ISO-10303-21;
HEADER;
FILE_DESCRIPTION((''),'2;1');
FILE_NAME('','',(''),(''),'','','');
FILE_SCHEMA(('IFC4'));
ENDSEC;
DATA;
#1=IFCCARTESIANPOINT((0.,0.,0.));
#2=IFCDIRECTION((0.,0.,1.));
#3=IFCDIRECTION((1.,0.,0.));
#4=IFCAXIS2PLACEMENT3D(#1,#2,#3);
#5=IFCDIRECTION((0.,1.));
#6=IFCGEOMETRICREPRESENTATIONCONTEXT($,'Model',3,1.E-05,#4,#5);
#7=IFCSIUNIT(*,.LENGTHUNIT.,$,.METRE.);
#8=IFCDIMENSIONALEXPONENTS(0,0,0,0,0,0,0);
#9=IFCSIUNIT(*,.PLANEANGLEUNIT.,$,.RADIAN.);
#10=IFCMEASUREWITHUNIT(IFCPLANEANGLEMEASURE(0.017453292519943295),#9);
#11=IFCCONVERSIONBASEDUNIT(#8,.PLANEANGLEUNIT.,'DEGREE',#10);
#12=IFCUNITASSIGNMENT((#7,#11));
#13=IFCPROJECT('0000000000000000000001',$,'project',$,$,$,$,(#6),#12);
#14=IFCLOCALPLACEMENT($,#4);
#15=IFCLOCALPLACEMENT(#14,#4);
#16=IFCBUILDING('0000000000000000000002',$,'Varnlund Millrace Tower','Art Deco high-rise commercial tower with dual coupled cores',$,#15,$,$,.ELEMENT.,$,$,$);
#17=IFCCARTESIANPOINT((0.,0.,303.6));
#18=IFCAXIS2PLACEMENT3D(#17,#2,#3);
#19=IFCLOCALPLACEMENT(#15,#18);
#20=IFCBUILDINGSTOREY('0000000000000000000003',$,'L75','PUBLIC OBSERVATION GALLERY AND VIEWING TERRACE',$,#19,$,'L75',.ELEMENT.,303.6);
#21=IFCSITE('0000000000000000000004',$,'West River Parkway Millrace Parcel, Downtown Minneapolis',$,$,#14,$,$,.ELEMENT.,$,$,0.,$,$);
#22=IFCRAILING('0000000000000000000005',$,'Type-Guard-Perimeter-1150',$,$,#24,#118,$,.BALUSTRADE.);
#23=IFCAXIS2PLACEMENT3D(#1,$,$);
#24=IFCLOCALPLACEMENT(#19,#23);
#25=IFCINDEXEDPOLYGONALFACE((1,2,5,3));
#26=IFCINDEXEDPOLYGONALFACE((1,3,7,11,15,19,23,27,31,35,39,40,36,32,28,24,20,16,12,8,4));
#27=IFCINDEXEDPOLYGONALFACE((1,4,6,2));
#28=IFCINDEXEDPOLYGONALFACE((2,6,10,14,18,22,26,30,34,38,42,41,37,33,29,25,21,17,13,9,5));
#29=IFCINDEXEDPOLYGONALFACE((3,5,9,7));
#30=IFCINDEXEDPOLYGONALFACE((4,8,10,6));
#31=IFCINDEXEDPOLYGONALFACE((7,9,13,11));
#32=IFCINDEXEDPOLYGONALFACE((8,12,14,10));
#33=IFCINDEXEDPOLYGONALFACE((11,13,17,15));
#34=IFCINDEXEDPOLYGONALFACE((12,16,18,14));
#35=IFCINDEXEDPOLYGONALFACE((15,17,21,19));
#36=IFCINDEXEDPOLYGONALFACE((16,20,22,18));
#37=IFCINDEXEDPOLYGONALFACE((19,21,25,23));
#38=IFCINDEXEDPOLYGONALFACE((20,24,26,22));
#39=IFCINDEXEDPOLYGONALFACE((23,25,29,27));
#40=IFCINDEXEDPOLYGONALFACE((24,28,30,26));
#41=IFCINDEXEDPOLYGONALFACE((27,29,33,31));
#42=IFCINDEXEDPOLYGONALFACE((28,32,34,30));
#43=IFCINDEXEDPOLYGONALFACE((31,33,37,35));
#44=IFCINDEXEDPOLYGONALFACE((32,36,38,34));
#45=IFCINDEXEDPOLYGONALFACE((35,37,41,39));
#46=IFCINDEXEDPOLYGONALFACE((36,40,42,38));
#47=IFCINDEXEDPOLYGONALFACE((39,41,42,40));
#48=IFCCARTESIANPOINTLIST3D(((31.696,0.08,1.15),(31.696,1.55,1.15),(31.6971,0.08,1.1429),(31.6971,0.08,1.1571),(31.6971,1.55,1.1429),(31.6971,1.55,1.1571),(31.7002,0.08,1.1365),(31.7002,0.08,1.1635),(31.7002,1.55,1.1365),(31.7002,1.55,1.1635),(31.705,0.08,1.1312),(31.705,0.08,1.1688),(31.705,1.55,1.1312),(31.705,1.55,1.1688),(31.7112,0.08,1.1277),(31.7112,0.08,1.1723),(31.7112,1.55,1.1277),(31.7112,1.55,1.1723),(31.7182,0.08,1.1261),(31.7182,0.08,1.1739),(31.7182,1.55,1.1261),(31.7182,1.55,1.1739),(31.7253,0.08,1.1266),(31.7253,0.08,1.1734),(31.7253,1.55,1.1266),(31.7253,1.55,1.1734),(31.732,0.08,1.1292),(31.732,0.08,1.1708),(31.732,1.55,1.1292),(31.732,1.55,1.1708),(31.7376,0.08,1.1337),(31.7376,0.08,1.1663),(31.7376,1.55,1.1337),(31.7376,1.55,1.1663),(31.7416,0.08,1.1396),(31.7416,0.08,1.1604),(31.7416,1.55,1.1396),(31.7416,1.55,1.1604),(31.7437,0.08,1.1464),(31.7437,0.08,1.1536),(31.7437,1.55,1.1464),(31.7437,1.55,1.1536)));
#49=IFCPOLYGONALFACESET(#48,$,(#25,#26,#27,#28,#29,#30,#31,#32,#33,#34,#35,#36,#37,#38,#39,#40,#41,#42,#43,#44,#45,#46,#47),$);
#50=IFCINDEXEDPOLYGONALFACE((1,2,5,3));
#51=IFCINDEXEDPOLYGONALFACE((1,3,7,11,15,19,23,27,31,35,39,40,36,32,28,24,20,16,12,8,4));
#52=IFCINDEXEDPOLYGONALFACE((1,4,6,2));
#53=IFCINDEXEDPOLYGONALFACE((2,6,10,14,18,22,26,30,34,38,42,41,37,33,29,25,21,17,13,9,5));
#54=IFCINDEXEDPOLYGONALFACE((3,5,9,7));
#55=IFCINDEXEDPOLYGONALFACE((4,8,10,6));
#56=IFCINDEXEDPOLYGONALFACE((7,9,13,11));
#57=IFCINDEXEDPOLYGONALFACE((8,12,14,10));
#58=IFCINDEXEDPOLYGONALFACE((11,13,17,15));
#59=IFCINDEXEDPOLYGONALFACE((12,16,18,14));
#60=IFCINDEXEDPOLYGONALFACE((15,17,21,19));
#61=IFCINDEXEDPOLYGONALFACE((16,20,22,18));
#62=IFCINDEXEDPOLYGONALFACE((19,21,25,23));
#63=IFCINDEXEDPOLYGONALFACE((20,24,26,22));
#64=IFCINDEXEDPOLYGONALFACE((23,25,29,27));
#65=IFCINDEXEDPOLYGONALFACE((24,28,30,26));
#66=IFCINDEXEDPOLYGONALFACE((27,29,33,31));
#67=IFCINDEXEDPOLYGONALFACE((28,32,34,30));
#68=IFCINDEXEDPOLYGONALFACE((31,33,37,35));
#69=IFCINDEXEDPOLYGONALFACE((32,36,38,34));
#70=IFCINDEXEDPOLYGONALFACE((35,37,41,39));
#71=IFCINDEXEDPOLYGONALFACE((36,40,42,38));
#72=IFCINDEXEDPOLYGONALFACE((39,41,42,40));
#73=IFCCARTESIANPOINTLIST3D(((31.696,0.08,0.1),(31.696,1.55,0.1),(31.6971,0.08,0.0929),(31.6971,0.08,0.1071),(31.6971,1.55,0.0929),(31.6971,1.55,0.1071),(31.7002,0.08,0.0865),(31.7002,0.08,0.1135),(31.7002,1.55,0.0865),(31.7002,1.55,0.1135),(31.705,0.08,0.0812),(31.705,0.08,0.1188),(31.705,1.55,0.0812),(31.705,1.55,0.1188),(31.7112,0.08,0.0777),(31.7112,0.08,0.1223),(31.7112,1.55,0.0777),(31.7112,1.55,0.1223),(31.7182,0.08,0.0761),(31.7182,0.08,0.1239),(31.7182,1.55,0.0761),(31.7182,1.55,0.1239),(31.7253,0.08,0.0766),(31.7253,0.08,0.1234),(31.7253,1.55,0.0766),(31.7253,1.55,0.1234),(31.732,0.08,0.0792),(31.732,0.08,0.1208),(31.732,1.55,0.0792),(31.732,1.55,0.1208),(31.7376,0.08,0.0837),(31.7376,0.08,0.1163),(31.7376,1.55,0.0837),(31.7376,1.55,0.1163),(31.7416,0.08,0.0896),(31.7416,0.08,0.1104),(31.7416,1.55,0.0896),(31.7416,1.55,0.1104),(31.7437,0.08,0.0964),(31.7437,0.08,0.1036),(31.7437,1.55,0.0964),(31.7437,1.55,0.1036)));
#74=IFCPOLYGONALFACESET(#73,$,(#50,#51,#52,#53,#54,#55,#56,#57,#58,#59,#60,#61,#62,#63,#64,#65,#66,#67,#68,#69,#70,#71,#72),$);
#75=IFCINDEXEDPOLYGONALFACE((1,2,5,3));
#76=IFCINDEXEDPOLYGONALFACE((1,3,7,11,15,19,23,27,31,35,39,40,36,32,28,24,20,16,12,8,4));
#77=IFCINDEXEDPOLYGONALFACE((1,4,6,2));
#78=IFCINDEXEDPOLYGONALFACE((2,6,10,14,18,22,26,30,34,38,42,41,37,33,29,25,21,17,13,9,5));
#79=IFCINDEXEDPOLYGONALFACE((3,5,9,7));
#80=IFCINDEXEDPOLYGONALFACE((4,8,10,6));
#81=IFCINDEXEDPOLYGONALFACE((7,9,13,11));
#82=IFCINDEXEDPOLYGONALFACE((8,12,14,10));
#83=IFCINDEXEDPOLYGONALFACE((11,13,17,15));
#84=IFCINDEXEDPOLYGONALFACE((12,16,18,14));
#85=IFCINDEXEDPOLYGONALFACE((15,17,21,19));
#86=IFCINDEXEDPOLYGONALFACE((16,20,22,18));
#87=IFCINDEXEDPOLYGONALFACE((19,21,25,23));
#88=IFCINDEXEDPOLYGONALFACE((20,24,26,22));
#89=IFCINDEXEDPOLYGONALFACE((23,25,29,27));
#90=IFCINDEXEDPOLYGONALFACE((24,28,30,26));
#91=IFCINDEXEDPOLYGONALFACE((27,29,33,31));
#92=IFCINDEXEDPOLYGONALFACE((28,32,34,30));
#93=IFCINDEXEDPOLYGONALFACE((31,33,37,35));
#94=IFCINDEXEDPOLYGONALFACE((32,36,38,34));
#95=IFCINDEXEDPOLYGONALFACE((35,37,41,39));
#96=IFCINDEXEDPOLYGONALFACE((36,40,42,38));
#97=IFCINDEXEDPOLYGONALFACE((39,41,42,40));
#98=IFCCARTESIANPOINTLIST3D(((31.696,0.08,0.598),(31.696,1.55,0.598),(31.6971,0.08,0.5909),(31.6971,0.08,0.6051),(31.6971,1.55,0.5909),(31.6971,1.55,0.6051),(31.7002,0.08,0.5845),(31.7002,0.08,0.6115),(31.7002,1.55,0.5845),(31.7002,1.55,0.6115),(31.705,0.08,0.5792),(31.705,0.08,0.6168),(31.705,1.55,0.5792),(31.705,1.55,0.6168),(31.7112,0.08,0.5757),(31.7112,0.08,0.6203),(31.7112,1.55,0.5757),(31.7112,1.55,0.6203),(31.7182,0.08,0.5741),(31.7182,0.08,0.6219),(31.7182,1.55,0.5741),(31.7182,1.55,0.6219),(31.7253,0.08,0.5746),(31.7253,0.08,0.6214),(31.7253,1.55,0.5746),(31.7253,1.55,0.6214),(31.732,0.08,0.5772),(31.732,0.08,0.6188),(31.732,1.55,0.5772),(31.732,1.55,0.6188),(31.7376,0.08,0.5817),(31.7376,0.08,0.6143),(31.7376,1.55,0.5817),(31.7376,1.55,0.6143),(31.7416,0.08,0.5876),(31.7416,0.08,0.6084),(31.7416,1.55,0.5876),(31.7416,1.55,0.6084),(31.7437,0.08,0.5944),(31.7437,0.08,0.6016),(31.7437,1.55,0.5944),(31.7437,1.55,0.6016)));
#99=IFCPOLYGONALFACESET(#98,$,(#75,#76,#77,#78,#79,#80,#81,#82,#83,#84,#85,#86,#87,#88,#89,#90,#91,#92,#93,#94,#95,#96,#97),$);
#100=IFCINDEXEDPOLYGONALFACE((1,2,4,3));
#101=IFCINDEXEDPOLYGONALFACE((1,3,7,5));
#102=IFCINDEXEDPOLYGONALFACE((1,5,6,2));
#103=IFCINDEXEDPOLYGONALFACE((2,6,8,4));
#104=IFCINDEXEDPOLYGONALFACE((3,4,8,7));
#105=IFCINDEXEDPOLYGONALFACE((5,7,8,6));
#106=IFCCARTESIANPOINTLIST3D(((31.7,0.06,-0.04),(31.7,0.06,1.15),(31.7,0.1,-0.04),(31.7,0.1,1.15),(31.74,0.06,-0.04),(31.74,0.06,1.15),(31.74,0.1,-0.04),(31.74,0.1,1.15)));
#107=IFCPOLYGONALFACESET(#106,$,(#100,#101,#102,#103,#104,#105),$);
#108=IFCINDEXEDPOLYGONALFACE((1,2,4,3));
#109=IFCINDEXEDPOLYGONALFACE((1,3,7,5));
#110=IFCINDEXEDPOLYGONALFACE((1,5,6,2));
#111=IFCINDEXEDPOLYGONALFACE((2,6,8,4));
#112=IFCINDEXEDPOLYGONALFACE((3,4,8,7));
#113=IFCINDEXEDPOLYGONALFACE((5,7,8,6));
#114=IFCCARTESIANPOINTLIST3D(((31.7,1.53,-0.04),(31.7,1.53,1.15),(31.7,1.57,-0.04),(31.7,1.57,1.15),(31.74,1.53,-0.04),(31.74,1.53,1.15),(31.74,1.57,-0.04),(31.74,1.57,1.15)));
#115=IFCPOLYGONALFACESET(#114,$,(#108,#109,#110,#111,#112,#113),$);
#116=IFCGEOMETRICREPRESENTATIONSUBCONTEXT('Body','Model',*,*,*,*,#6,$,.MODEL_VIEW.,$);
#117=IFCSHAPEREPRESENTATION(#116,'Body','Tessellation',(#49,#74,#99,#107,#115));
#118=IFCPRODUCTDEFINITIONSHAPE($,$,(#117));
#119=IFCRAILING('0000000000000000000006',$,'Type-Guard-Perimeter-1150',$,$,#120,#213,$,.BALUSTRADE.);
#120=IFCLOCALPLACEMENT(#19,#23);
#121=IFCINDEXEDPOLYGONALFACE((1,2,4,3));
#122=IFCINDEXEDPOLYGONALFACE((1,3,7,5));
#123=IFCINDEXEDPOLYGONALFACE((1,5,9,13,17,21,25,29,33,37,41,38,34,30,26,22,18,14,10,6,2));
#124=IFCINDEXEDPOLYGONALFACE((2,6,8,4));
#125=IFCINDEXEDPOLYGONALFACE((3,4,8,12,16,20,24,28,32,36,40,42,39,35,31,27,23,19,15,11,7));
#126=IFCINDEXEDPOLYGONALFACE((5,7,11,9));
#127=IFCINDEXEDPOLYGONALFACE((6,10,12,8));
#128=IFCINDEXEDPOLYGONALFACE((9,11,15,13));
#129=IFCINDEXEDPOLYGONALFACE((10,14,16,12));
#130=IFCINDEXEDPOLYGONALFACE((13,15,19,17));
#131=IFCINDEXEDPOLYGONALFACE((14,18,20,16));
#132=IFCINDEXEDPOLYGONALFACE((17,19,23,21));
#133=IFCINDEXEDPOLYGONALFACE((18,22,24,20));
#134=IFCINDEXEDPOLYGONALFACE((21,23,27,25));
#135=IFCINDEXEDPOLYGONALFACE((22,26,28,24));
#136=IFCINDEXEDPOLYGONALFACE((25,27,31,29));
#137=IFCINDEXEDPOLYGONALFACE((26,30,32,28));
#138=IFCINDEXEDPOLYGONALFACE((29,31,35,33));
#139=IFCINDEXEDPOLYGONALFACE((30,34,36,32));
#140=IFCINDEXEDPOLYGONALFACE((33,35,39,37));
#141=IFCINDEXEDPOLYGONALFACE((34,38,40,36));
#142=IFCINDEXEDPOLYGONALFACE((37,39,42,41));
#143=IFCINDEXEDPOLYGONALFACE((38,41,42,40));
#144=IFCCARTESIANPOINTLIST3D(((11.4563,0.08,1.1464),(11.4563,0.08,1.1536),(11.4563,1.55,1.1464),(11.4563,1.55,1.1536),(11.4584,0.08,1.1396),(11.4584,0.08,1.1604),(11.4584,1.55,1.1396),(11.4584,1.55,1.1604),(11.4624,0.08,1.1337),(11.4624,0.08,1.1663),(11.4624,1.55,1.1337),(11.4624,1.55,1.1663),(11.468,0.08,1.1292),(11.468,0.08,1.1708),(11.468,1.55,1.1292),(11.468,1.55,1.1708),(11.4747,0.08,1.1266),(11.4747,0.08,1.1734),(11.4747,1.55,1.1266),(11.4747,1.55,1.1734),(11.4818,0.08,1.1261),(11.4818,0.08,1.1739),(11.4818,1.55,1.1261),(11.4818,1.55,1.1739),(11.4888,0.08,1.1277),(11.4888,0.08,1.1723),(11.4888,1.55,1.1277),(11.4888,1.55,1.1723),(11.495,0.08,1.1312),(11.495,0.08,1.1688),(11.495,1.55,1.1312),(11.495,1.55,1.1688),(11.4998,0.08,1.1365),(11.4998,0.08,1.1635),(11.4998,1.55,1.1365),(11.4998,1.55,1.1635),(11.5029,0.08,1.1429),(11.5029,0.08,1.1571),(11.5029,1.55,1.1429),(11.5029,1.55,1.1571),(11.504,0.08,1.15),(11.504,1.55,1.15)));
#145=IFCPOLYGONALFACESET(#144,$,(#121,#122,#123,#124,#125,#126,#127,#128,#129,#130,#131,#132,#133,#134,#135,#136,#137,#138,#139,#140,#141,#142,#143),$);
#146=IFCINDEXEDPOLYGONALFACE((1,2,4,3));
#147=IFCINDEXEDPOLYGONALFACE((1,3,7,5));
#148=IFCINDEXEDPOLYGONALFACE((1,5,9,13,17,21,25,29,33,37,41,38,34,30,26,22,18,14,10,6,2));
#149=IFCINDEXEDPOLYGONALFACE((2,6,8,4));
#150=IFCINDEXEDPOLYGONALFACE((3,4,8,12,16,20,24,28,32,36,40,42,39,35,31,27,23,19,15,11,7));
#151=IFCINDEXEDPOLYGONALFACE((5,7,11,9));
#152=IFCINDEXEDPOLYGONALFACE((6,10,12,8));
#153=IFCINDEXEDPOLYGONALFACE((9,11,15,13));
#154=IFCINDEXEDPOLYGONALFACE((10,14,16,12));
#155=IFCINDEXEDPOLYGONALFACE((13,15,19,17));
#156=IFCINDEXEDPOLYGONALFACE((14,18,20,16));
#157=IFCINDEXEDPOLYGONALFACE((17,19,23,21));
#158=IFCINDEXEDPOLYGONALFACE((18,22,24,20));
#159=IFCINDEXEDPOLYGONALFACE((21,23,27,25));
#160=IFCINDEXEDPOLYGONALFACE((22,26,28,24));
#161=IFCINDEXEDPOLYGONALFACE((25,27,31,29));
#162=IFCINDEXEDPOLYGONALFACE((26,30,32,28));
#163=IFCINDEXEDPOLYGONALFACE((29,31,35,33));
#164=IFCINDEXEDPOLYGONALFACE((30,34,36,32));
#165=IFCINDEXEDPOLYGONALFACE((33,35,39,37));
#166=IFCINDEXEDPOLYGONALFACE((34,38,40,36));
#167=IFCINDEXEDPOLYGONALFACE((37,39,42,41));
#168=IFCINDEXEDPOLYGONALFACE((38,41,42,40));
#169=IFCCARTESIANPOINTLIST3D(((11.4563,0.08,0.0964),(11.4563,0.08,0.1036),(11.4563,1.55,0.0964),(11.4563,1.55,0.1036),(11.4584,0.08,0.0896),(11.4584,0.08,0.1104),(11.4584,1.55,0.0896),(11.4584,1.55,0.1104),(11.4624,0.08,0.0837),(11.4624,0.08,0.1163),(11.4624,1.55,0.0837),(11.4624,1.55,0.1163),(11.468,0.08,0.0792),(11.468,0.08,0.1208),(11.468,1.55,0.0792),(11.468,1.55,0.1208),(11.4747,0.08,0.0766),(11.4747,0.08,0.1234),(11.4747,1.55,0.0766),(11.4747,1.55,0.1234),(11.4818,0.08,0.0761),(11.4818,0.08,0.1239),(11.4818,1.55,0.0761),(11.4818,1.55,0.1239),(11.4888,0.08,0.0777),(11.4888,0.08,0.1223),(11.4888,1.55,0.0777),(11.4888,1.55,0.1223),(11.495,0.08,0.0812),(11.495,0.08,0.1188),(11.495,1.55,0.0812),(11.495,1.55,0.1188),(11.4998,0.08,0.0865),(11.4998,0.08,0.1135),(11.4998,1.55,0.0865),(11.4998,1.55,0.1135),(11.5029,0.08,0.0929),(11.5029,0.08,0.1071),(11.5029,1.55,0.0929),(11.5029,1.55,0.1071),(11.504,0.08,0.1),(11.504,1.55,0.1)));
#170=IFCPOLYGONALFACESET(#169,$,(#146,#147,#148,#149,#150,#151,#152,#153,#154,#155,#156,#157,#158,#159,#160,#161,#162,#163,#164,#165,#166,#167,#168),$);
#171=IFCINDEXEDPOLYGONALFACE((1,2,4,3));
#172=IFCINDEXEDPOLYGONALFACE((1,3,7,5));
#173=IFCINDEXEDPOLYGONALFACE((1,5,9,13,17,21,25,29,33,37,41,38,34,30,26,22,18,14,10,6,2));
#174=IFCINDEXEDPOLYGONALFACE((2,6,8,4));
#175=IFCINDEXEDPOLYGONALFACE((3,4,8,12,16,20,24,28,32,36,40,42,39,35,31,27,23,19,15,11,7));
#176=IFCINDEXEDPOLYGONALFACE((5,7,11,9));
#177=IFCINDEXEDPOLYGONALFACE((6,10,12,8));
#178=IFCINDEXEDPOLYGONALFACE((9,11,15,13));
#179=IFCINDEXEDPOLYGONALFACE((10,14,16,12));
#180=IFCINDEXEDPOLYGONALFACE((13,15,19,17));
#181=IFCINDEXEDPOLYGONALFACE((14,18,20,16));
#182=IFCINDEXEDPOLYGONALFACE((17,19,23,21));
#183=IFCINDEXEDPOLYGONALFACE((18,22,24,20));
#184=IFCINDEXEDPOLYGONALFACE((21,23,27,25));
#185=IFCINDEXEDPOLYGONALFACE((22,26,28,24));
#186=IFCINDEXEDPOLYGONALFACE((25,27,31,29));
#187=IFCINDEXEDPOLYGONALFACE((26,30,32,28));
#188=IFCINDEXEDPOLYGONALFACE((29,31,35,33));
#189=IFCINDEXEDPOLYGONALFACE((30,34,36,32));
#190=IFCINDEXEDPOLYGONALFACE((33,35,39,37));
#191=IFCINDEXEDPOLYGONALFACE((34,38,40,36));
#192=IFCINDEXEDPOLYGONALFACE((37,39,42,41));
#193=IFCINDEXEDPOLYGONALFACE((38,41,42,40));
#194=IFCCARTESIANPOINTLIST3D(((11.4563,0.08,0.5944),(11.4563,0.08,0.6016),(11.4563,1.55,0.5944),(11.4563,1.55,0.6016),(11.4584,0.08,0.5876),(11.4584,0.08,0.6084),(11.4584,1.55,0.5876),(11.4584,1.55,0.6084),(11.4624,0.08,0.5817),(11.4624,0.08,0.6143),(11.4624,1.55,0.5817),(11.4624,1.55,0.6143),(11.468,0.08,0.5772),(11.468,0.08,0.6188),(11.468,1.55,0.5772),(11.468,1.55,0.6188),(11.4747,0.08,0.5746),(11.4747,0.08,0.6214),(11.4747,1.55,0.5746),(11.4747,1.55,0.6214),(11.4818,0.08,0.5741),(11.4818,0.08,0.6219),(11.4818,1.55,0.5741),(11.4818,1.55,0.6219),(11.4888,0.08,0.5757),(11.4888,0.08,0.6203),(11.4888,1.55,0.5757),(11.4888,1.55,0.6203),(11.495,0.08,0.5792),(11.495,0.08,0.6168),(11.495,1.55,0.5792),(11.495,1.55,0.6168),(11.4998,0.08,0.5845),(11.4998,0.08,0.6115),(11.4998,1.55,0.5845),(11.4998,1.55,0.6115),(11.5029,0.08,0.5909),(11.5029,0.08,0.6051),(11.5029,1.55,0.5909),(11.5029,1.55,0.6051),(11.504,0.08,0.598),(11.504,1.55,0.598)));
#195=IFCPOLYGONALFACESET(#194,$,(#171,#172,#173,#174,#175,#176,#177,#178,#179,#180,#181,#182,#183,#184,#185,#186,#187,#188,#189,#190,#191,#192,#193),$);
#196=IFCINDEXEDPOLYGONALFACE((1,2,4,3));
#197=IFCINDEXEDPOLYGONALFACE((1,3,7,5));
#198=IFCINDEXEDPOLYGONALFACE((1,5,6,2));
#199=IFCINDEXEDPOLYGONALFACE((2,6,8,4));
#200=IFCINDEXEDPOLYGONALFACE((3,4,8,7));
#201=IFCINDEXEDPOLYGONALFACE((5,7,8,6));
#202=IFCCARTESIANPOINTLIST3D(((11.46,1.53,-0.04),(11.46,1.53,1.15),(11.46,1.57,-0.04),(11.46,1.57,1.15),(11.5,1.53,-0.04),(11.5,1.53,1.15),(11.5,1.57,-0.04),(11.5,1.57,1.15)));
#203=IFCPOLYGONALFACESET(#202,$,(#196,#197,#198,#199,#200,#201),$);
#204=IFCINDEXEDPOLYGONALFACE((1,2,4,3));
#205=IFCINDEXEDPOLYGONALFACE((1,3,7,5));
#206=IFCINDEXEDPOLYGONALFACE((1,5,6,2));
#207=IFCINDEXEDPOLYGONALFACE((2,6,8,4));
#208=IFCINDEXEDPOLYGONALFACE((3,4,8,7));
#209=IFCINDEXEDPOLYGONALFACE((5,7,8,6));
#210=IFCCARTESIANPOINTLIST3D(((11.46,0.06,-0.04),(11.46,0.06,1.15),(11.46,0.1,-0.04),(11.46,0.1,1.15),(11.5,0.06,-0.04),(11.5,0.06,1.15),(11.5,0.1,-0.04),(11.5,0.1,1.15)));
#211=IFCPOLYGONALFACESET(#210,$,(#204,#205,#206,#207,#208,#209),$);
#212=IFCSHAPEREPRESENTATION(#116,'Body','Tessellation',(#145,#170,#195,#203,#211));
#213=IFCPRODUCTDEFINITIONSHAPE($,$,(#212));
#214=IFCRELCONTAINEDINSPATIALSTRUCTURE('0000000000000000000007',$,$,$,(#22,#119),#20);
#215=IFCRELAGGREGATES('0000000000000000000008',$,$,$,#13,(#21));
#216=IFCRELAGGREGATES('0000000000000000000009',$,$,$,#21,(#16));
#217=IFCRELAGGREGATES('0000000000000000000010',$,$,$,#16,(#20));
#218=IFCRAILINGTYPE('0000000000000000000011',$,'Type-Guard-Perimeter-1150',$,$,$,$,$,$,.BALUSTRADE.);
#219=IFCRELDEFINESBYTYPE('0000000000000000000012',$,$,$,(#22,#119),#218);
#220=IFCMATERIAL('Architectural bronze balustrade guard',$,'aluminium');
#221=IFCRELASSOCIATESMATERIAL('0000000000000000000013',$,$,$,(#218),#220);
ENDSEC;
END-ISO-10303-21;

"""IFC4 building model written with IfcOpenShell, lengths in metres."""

from ifc_helpers import new_model, entity, si_unit, converted_unit, direction, frame, origin_with_axes, origin_2d_with_axis, place, context, subcontext, project, spatial, rectangle, circle, extrude, material, type_object, element, save


model = new_model("IFC4")

# Units and contexts
model_context = context("Model", 3, precision=1e-05, world=origin_with_axes(), true_north=direction((0.0, 1.0)))
body_context = subcontext(model_context, "Body", "Model", "MODEL_VIEW")
ifc_project = project(units=[si_unit("LENGTHUNIT", "METRE"), converted_unit("PLANEANGLEUNIT", "DEGREE", entity("IfcPlaneAngleMeasure", 0.017453292519943295), si_unit("PLANEANGLEUNIT", "RADIAN"), dimensions=[0, 0, 0, 0, 0, 0, 0])], contexts=[model_context])

# Site, building, storey
site_placement = place(None, origin_with_axes())
site = spatial("IfcSite", under=ifc_project, at=site_placement, Name="West River Parkway Millrace Parcel, Downtown Minneapolis", CompositionType="ELEMENT", RefElevation=0.0)
building_placement = place(site_placement, origin_with_axes())
building = spatial("IfcBuilding", under=site, at=building_placement, Name="Varnlund Millrace Tower", Description="Art Deco high-rise commercial tower with dual coupled cores", CompositionType="ELEMENT")
storey_placement = place(building_placement, frame((0.0, 0.0, 303.6), z_axis=(0.0, 0.0, 1.0), x_axis=(1.0, 0.0, 0.0)))
storey = spatial("IfcBuildingStorey", under=building, at=storey_placement, Name="L75", Description="PUBLIC OBSERVATION GALLERY AND VIEWING TERRACE", LongName="L75", CompositionType="ELEMENT", Elevation=303.6)

# Railings
ifc_material_1 = material(Name="Architectural bronze balustrade guard", Category="aluminium")
railing_type_1 = type_object("IfcRailingType", Name="Type-Guard-Perimeter-1150", PredefinedType="BALUSTRADE", material=ifc_material_1)
railing_1_placement = place(storey_placement, frame((0.0, 0.0, -303.6), z_axis=(0.0, 0.0, 1.0), x_axis=(1.0, 0.0, 0.0)))
element("IfcRailing", 1, at=railing_1_placement, inside=storey, type_object=railing_type_1, Name="Type-Guard-Perimeter-1150", PredefinedType="BALUSTRADE", context=body_context, shape_type="SweptSolid", body=[
    extrude(circle(Radius=0.024, at=origin_2d_with_axis()), frame((31.72, 0.08, 304.75), z_axis=(0.0, 1.0, 0.0), x_axis=(-1.0, 0.0, 0.0)), (0.0, 0.0, 1.0), 1.47),
    extrude(circle(Radius=0.024, at=origin_2d_with_axis()), frame((31.72, 0.08, 303.7), z_axis=(0.0, 1.0, 0.0), x_axis=(-1.0, 0.0, 0.0)), (0.0, 0.0, 1.0), 1.47),
    extrude(circle(Radius=0.024, at=origin_2d_with_axis()), frame((31.72, 0.08, 304.198), z_axis=(0.0, 1.0, 0.0), x_axis=(-1.0, 0.0, 0.0)), (0.0, 0.0, 1.0), 1.47),
    extrude(rectangle(XDim=0.04, YDim=0.04, at=origin_2d_with_axis()), frame((31.72, 0.08, 303.56), z_axis=(0.0, 0.0, 1.0), x_axis=(1.0, 0.0, 0.0)), (0.0, 0.0, 1.0), 1.19),
    extrude(rectangle(XDim=0.04, YDim=0.04, at=origin_2d_with_axis()), frame((31.72, 1.55, 303.56), z_axis=(0.0, 0.0, 1.0), x_axis=(1.0, 0.0, 0.0)), (0.0, 0.0, 1.0), 1.19),
])
railing_2_placement = place(storey_placement, frame((0.0, 0.0, -303.6), z_axis=(0.0, 0.0, 1.0), x_axis=(1.0, 0.0, 0.0)))
element("IfcRailing", 2, at=railing_2_placement, inside=storey, type_object=railing_type_1, Name="Type-Guard-Perimeter-1150", PredefinedType="BALUSTRADE", context=body_context, shape_type="SweptSolid", body=[
    extrude(circle(Radius=0.024, at=origin_2d_with_axis()), frame((11.48, 1.55, 304.75), z_axis=(0.0, -1.0, 0.0), x_axis=(1.0, 0.0, 0.0)), (0.0, 0.0, 1.0), 1.47),
    extrude(circle(Radius=0.024, at=origin_2d_with_axis()), frame((11.48, 1.55, 303.7), z_axis=(0.0, -1.0, 0.0), x_axis=(1.0, 0.0, 0.0)), (0.0, 0.0, 1.0), 1.47),
    extrude(circle(Radius=0.024, at=origin_2d_with_axis()), frame((11.48, 1.55, 304.198), z_axis=(0.0, -1.0, 0.0), x_axis=(1.0, 0.0, 0.0)), (0.0, 0.0, 1.0), 1.47),
    extrude(rectangle(XDim=0.04, YDim=0.04, at=origin_2d_with_axis()), frame((11.48, 1.55, 303.56), z_axis=(0.0, 0.0, 1.0), x_axis=(1.0, 0.0, 0.0)), (0.0, 0.0, 1.0), 1.19),
    extrude(rectangle(XDim=0.04, YDim=0.04, at=origin_2d_with_axis()), frame((11.48, 0.08, 303.56), z_axis=(0.0, 0.0, 1.0), x_axis=(1.0, 0.0, 0.0)), (0.0, 0.0, 1.0), 1.19),
])

save(model, "model.ifc")
